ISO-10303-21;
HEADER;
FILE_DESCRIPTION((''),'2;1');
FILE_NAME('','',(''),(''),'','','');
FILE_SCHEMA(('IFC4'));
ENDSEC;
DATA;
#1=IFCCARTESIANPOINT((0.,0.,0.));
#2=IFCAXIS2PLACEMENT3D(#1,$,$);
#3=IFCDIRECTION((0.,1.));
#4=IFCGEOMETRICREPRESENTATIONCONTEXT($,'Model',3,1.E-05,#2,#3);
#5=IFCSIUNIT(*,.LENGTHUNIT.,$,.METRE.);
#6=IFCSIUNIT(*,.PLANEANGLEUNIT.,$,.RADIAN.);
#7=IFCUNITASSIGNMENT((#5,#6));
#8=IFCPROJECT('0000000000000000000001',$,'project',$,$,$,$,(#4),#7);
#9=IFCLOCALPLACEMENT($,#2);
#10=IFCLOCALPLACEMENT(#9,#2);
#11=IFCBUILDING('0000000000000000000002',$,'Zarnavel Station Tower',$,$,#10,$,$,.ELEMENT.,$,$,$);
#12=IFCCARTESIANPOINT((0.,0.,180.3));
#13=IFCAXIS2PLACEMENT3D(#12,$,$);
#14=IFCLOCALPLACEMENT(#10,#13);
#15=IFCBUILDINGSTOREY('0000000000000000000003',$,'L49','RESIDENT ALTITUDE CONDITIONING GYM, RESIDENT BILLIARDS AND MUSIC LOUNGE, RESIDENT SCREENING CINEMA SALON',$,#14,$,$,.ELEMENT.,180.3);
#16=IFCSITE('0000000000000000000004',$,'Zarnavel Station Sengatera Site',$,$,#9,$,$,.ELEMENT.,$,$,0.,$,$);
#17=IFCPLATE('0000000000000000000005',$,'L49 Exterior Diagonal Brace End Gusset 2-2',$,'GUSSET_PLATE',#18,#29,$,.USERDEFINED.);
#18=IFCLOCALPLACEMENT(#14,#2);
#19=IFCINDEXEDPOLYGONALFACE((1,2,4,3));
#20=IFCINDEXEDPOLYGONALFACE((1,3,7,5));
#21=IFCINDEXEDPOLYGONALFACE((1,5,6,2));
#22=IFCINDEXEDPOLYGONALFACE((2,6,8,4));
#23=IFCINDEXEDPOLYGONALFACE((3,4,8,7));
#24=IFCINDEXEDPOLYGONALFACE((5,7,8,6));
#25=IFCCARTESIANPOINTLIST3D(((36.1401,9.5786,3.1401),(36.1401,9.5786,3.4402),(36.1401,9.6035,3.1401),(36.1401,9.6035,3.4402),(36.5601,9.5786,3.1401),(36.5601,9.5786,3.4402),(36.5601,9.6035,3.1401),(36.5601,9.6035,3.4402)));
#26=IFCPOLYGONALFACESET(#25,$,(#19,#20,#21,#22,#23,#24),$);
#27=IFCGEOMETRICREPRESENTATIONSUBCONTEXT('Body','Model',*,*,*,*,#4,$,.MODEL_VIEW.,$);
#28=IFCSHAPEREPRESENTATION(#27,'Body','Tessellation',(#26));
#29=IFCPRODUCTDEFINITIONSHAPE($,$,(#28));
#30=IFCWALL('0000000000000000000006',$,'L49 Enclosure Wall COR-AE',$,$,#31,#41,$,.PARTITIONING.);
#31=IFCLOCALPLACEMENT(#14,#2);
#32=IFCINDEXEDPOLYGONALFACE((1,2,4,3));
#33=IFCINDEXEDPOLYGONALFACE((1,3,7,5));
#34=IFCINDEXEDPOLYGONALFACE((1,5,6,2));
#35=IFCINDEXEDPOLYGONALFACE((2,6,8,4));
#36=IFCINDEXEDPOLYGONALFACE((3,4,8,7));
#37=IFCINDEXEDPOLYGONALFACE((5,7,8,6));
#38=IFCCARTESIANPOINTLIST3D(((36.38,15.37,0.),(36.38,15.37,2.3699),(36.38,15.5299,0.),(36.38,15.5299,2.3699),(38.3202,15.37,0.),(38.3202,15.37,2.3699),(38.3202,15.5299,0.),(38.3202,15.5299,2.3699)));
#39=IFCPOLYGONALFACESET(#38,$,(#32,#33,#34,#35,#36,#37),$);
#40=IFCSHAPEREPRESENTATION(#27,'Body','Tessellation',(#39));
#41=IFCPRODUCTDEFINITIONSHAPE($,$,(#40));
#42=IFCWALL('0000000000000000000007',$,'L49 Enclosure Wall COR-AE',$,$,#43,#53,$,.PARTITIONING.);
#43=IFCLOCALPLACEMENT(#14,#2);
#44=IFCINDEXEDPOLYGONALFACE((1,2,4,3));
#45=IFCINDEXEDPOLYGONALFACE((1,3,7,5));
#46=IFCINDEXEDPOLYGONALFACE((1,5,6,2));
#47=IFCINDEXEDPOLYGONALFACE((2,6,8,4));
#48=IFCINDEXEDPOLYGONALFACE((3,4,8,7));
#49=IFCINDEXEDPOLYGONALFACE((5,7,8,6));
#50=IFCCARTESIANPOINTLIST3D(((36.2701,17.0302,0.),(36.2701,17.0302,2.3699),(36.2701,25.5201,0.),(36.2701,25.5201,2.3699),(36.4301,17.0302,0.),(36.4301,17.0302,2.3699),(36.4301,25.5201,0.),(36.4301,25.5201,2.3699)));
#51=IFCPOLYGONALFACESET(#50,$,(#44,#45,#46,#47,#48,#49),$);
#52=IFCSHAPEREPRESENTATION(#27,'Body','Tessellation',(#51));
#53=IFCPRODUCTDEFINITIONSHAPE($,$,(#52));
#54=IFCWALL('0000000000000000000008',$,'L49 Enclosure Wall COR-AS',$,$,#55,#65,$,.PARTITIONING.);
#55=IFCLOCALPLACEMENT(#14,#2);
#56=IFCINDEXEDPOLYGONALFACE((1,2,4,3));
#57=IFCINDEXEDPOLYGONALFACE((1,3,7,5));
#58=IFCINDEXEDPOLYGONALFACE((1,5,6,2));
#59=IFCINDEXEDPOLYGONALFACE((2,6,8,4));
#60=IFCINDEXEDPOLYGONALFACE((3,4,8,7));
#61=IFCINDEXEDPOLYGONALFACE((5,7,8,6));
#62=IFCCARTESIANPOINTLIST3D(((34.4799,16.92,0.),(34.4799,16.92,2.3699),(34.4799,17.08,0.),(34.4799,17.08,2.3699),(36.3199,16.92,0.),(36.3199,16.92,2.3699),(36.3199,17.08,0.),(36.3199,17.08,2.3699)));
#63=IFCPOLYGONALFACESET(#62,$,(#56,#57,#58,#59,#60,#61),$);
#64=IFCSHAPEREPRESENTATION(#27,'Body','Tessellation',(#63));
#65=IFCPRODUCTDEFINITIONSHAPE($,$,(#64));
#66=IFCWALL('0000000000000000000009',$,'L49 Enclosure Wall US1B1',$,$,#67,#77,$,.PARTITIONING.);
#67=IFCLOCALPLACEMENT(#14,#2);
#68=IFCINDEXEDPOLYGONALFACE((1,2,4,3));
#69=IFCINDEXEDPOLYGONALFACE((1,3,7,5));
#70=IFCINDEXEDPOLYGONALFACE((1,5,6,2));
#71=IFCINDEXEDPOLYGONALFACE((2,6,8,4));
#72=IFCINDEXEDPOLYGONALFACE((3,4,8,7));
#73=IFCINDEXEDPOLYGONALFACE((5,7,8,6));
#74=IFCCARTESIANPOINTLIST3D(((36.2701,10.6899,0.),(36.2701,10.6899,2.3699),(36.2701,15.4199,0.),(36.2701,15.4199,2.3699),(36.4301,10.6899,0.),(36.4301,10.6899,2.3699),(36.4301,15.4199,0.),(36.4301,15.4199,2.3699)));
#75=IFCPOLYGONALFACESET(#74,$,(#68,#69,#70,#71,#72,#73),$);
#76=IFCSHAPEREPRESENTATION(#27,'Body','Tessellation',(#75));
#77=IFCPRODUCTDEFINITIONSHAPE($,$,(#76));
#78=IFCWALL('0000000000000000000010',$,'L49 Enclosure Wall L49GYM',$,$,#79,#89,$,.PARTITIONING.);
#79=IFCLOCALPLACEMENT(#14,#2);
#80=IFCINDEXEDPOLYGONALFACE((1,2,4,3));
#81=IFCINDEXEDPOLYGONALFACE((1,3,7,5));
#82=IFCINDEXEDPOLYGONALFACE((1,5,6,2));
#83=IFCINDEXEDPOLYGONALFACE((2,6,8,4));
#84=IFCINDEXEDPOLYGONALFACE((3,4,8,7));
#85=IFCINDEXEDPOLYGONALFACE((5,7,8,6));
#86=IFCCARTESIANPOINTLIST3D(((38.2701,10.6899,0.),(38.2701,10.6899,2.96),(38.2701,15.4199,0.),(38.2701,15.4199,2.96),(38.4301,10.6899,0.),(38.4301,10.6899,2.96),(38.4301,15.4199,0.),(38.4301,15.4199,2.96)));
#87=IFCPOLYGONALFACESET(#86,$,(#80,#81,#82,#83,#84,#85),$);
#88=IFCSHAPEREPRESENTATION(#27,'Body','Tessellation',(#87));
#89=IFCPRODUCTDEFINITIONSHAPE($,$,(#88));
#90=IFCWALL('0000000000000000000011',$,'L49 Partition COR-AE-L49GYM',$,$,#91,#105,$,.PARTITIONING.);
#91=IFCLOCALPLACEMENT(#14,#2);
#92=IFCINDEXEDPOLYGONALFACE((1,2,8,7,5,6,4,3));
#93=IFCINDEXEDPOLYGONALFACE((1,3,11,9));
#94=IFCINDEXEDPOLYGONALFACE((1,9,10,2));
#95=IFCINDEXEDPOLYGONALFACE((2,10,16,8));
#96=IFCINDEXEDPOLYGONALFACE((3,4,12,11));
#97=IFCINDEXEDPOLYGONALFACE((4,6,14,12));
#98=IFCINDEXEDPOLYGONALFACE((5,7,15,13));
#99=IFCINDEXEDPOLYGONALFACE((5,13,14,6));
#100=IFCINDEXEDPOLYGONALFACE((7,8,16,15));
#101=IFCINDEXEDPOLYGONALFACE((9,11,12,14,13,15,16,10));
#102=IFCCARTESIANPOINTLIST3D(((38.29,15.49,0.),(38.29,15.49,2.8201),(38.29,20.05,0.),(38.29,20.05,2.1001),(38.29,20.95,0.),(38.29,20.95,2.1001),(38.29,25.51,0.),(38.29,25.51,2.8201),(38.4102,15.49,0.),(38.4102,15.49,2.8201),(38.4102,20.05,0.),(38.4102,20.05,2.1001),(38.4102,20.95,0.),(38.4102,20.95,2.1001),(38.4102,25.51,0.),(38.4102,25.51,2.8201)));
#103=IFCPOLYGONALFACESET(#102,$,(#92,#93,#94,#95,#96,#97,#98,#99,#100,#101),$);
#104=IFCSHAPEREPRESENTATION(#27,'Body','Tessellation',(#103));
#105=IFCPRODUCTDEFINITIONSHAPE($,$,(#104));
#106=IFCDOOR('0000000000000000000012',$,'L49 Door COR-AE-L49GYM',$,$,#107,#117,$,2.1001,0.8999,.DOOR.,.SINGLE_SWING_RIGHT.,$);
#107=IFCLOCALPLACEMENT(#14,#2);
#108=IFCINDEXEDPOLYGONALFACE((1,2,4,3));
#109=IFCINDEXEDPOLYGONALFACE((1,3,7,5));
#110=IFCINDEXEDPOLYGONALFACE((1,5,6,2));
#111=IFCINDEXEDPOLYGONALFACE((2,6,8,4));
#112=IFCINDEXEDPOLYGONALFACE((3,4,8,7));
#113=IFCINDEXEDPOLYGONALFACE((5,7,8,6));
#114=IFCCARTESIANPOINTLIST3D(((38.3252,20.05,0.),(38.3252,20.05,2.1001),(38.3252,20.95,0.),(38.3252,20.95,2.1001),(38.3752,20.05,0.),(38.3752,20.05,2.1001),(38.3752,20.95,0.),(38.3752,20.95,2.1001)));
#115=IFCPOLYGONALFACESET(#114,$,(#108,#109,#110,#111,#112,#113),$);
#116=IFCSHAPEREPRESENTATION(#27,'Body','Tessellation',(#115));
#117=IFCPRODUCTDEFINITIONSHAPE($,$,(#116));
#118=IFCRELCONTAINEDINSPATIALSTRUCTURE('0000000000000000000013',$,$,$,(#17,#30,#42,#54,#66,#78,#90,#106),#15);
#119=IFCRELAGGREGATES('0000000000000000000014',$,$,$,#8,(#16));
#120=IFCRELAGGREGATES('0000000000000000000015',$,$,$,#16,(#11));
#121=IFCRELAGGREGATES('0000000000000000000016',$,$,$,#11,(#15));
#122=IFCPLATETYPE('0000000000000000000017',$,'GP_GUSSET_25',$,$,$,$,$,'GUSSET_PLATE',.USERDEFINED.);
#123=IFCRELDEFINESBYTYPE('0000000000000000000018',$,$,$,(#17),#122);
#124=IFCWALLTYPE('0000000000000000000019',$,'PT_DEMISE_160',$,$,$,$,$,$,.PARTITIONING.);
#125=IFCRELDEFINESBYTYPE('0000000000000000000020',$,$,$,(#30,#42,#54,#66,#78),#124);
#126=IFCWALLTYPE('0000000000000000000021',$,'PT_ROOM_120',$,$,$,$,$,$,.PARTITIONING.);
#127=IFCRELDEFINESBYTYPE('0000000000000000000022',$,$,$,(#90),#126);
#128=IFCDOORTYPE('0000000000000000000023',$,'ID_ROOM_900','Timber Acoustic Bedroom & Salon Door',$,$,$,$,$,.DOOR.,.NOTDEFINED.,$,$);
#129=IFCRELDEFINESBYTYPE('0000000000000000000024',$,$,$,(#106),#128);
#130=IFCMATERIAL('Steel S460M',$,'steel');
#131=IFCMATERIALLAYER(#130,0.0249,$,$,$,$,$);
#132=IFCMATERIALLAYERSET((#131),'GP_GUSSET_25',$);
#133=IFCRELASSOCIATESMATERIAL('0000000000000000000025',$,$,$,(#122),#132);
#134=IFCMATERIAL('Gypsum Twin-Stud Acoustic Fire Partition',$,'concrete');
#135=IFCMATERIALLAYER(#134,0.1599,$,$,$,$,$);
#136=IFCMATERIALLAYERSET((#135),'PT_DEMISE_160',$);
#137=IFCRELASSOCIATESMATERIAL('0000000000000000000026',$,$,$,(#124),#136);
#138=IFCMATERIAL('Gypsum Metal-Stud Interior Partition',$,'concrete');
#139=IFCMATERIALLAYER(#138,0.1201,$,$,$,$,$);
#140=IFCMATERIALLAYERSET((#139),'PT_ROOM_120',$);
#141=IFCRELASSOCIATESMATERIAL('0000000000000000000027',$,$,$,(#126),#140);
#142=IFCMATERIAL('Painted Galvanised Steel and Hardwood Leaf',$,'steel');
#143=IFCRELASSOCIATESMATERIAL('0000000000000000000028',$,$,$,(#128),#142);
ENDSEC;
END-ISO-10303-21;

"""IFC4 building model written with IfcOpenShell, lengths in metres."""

from ifc_helpers import new_model, si_unit, direction, frame, frame_2d, origin, origin_2d, place, context, subcontext, project, spatial, rectangle, extrude, material, layer, layer_set, type_object, element, fill, save


model = new_model("IFC4")

# Units and contexts
model_context = context("Model", 3, precision=1e-05, world=origin(), true_north=direction((0.0, 1.0)))
body_context = subcontext(model_context, "Body", "Model", "MODEL_VIEW")
ifc_project = project(units=[si_unit("LENGTHUNIT", "METRE"), si_unit("PLANEANGLEUNIT", "RADIAN")], contexts=[model_context])

# Site, building, storey
site_placement = place(None, origin())
site = spatial("IfcSite", under=ifc_project, at=site_placement, Name="Zarnavel Station Sengatera Site", CompositionType="ELEMENT", RefElevation=0.0)
building_placement = place(site_placement, origin())
building = spatial("IfcBuilding", under=site, at=building_placement, Name="Zarnavel Station Tower", CompositionType="ELEMENT")
storey_placement = place(building_placement, frame((0.0, 0.0, 180.3)))
storey = spatial("IfcBuildingStorey", under=building, at=storey_placement, Name="L49", Description="RESIDENT ALTITUDE CONDITIONING GYM, RESIDENT BILLIARDS AND MUSIC LOUNGE, RESIDENT SCREENING CINEMA SALON", CompositionType="ELEMENT", Elevation=180.3)

# Plate
ifc_material_1 = material(Name="Steel S460M", Category="steel")
ifc_layer_1 = layer(ifc_material_1, 0.0249)
ifc_layer_set_1 = layer_set([ifc_layer_1], Name="GP_GUSSET_25")
plate_type = type_object("IfcPlateType", Name="GP_GUSSET_25", ElementType="GUSSET_PLATE", PredefinedType="USERDEFINED", material=ifc_layer_set_1)
plate_placement = place(storey_placement, frame((36.3501, 9.5911, 3.1401), z_axis=(0.0, 0.0, 1.0), x_axis=(1.0, 0.0, 0.0)))
element("IfcPlate", 1, at=plate_placement, inside=storey, type_object=plate_type, Name="L49 Exterior Diagonal Brace End Gusset 2-2", ObjectType="GUSSET_PLATE", PredefinedType="USERDEFINED", context=body_context, shape_type="SweptSolid", body=[
    extrude(rectangle(XDim=0.4199, YDim=0.0249, at=origin_2d()), origin(), (0.0, 0.0, 1.0), 0.3),
])

# Walls
ifc_material_2 = material(Name="Gypsum Twin-Stud Acoustic Fire Partition", Category="concrete")
ifc_layer_2 = layer(ifc_material_2, 0.1599)
ifc_layer_set_2 = layer_set([ifc_layer_2], Name="PT_DEMISE_160")
wall_type_1 = type_object("IfcWallType", Name="PT_DEMISE_160", PredefinedType="PARTITIONING", material=ifc_layer_set_2)
wall_1_placement = place(storey_placement, frame((36.3799, 15.45, 0.0), z_axis=(0.0, 0.0, 1.0), x_axis=(1.0, 0.0, 0.0)))
element("IfcWall", 2, at=wall_1_placement, inside=storey, type_object=wall_type_1, Name="L49 Enclosure Wall COR-AE", PredefinedType="PARTITIONING", context=body_context, shape_type="SweptSolid", body=[
    extrude(rectangle(XDim=1.9402, YDim=0.1599, at=frame_2d((0.9702, 0.0))), origin(), (0.0, 0.0, 1.0), 2.3699),
])
wall_2_placement = place(storey_placement, frame((36.3501, 17.03, 0.0), z_axis=(0.0, 0.0, 1.0), x_axis=(0.0, 1.0, 0.0)))
element("IfcWall", 3, at=wall_2_placement, inside=storey, type_object=wall_type_1, Name="L49 Enclosure Wall COR-AE", PredefinedType="PARTITIONING", context=body_context, shape_type="SweptSolid", body=[
    extrude(rectangle(XDim=8.49, YDim=0.1599, at=frame_2d((4.2451, 0.0))), origin(), (0.0, 0.0, 1.0), 2.3699),
])
wall_3_placement = place(storey_placement, frame((34.48, 17.0, 0.0), z_axis=(0.0, 0.0, 1.0), x_axis=(1.0, 0.0, 0.0)))
element("IfcWall", 4, at=wall_3_placement, inside=storey, type_object=wall_type_1, Name="L49 Enclosure Wall COR-AS", PredefinedType="PARTITIONING", context=body_context, shape_type="SweptSolid", body=[
    extrude(rectangle(XDim=1.8401, YDim=0.1599, at=frame_2d((0.9199, 0.0))), origin(), (0.0, 0.0, 1.0), 2.3699),
])
wall_4_placement = place(storey_placement, frame((36.3501, 10.6899, 0.0), z_axis=(0.0, 0.0, 1.0), x_axis=(0.0, 1.0, 0.0)))
element("IfcWall", 5, at=wall_4_placement, inside=storey, type_object=wall_type_1, Name="L49 Enclosure Wall US1B1", PredefinedType="PARTITIONING", context=body_context, shape_type="SweptSolid", body=[
    extrude(rectangle(XDim=4.73, YDim=0.1599, at=frame_2d((2.365, 0.0))), origin(), (0.0, 0.0, 1.0), 2.3699),
])
wall_5_placement = place(storey_placement, frame((38.3501, 10.6899, 0.0), z_axis=(0.0, 0.0, 1.0), x_axis=(0.0, 1.0, 0.0)))
element("IfcWall", 6, at=wall_5_placement, inside=storey, type_object=wall_type_1, Name="L49 Enclosure Wall L49GYM", PredefinedType="PARTITIONING", context=body_context, shape_type="SweptSolid", body=[
    extrude(rectangle(XDim=4.73, YDim=0.1599, at=frame_2d((2.365, 0.0))), origin(), (0.0, 0.0, 1.0), 2.96),
])

# Wall, opening, door
ifc_material_3 = material(Name="Gypsum Metal-Stud Interior Partition", Category="concrete")
ifc_layer_3 = layer(ifc_material_3, 0.1201)
ifc_layer_set_3 = layer_set([ifc_layer_3], Name="PT_ROOM_120")
wall_type_2 = type_object("IfcWallType", Name="PT_ROOM_120", PredefinedType="PARTITIONING", material=ifc_layer_set_3)
wall_6_placement = place(storey_placement, frame((38.3501, 15.49, 0.0), z_axis=(0.0, 0.0, 1.0), x_axis=(0.0, 1.0, 0.0)))
wall_6 = element("IfcWall", 7, at=wall_6_placement, inside=storey, type_object=wall_type_2, Name="L49 Partition COR-AE-L49GYM", PredefinedType="PARTITIONING", context=body_context, shape_type="SweptSolid", body=[
    extrude(rectangle(XDim=10.02, YDim=0.1201, at=frame_2d((5.01, 0.0))), origin(), (0.0, 0.0, 1.0), 2.8201),
])
opening_placement = place(wall_6_placement, frame((4.5601, 0.0, 0.0)))
opening = element("IfcOpeningElement", 8, at=opening_placement, cuts=wall_6, PredefinedType="OPENING", context=body_context, shape_type="SweptSolid", body=[
    extrude(rectangle(XDim=0.8999, YDim=2.1001, at=frame_2d((0.45, 1.05))), frame((0.0, 0.0701, 0.0), z_axis=(0.0, -1.0, 0.0), x_axis=(1.0, 0.0, 0.0)), (0.0, 0.0, 1.0), 0.1401),
])
ifc_material_4 = material(Name="Painted Galvanised Steel and Hardwood Leaf", Category="steel")
door_type = type_object("IfcDoorType", Name="ID_ROOM_900", Description="Timber Acoustic Bedroom & Salon Door", OperationType="NOTDEFINED", PredefinedType="DOOR", material=ifc_material_4)
door_placement = place(opening_placement, origin())
door = element("IfcDoor", 9, at=door_placement, inside=storey, type_object=door_type, Name="L49 Door COR-AE-L49GYM", OperationType="SINGLE_SWING_RIGHT", OverallHeight=2.1001, OverallWidth=0.8999, PredefinedType="DOOR", context=body_context, shape_type="SweptSolid", body=[
    extrude(rectangle(XDim=0.8999, YDim=2.1001, at=frame_2d((0.45, 1.05))), frame((0.0, 0.0249, 0.0), z_axis=(0.0, -1.0, 0.0), x_axis=(1.0, 0.0, 0.0)), (0.0, 0.0, 1.0), 0.05),
])
fill(opening, door)

save(model, "model.ifc")
